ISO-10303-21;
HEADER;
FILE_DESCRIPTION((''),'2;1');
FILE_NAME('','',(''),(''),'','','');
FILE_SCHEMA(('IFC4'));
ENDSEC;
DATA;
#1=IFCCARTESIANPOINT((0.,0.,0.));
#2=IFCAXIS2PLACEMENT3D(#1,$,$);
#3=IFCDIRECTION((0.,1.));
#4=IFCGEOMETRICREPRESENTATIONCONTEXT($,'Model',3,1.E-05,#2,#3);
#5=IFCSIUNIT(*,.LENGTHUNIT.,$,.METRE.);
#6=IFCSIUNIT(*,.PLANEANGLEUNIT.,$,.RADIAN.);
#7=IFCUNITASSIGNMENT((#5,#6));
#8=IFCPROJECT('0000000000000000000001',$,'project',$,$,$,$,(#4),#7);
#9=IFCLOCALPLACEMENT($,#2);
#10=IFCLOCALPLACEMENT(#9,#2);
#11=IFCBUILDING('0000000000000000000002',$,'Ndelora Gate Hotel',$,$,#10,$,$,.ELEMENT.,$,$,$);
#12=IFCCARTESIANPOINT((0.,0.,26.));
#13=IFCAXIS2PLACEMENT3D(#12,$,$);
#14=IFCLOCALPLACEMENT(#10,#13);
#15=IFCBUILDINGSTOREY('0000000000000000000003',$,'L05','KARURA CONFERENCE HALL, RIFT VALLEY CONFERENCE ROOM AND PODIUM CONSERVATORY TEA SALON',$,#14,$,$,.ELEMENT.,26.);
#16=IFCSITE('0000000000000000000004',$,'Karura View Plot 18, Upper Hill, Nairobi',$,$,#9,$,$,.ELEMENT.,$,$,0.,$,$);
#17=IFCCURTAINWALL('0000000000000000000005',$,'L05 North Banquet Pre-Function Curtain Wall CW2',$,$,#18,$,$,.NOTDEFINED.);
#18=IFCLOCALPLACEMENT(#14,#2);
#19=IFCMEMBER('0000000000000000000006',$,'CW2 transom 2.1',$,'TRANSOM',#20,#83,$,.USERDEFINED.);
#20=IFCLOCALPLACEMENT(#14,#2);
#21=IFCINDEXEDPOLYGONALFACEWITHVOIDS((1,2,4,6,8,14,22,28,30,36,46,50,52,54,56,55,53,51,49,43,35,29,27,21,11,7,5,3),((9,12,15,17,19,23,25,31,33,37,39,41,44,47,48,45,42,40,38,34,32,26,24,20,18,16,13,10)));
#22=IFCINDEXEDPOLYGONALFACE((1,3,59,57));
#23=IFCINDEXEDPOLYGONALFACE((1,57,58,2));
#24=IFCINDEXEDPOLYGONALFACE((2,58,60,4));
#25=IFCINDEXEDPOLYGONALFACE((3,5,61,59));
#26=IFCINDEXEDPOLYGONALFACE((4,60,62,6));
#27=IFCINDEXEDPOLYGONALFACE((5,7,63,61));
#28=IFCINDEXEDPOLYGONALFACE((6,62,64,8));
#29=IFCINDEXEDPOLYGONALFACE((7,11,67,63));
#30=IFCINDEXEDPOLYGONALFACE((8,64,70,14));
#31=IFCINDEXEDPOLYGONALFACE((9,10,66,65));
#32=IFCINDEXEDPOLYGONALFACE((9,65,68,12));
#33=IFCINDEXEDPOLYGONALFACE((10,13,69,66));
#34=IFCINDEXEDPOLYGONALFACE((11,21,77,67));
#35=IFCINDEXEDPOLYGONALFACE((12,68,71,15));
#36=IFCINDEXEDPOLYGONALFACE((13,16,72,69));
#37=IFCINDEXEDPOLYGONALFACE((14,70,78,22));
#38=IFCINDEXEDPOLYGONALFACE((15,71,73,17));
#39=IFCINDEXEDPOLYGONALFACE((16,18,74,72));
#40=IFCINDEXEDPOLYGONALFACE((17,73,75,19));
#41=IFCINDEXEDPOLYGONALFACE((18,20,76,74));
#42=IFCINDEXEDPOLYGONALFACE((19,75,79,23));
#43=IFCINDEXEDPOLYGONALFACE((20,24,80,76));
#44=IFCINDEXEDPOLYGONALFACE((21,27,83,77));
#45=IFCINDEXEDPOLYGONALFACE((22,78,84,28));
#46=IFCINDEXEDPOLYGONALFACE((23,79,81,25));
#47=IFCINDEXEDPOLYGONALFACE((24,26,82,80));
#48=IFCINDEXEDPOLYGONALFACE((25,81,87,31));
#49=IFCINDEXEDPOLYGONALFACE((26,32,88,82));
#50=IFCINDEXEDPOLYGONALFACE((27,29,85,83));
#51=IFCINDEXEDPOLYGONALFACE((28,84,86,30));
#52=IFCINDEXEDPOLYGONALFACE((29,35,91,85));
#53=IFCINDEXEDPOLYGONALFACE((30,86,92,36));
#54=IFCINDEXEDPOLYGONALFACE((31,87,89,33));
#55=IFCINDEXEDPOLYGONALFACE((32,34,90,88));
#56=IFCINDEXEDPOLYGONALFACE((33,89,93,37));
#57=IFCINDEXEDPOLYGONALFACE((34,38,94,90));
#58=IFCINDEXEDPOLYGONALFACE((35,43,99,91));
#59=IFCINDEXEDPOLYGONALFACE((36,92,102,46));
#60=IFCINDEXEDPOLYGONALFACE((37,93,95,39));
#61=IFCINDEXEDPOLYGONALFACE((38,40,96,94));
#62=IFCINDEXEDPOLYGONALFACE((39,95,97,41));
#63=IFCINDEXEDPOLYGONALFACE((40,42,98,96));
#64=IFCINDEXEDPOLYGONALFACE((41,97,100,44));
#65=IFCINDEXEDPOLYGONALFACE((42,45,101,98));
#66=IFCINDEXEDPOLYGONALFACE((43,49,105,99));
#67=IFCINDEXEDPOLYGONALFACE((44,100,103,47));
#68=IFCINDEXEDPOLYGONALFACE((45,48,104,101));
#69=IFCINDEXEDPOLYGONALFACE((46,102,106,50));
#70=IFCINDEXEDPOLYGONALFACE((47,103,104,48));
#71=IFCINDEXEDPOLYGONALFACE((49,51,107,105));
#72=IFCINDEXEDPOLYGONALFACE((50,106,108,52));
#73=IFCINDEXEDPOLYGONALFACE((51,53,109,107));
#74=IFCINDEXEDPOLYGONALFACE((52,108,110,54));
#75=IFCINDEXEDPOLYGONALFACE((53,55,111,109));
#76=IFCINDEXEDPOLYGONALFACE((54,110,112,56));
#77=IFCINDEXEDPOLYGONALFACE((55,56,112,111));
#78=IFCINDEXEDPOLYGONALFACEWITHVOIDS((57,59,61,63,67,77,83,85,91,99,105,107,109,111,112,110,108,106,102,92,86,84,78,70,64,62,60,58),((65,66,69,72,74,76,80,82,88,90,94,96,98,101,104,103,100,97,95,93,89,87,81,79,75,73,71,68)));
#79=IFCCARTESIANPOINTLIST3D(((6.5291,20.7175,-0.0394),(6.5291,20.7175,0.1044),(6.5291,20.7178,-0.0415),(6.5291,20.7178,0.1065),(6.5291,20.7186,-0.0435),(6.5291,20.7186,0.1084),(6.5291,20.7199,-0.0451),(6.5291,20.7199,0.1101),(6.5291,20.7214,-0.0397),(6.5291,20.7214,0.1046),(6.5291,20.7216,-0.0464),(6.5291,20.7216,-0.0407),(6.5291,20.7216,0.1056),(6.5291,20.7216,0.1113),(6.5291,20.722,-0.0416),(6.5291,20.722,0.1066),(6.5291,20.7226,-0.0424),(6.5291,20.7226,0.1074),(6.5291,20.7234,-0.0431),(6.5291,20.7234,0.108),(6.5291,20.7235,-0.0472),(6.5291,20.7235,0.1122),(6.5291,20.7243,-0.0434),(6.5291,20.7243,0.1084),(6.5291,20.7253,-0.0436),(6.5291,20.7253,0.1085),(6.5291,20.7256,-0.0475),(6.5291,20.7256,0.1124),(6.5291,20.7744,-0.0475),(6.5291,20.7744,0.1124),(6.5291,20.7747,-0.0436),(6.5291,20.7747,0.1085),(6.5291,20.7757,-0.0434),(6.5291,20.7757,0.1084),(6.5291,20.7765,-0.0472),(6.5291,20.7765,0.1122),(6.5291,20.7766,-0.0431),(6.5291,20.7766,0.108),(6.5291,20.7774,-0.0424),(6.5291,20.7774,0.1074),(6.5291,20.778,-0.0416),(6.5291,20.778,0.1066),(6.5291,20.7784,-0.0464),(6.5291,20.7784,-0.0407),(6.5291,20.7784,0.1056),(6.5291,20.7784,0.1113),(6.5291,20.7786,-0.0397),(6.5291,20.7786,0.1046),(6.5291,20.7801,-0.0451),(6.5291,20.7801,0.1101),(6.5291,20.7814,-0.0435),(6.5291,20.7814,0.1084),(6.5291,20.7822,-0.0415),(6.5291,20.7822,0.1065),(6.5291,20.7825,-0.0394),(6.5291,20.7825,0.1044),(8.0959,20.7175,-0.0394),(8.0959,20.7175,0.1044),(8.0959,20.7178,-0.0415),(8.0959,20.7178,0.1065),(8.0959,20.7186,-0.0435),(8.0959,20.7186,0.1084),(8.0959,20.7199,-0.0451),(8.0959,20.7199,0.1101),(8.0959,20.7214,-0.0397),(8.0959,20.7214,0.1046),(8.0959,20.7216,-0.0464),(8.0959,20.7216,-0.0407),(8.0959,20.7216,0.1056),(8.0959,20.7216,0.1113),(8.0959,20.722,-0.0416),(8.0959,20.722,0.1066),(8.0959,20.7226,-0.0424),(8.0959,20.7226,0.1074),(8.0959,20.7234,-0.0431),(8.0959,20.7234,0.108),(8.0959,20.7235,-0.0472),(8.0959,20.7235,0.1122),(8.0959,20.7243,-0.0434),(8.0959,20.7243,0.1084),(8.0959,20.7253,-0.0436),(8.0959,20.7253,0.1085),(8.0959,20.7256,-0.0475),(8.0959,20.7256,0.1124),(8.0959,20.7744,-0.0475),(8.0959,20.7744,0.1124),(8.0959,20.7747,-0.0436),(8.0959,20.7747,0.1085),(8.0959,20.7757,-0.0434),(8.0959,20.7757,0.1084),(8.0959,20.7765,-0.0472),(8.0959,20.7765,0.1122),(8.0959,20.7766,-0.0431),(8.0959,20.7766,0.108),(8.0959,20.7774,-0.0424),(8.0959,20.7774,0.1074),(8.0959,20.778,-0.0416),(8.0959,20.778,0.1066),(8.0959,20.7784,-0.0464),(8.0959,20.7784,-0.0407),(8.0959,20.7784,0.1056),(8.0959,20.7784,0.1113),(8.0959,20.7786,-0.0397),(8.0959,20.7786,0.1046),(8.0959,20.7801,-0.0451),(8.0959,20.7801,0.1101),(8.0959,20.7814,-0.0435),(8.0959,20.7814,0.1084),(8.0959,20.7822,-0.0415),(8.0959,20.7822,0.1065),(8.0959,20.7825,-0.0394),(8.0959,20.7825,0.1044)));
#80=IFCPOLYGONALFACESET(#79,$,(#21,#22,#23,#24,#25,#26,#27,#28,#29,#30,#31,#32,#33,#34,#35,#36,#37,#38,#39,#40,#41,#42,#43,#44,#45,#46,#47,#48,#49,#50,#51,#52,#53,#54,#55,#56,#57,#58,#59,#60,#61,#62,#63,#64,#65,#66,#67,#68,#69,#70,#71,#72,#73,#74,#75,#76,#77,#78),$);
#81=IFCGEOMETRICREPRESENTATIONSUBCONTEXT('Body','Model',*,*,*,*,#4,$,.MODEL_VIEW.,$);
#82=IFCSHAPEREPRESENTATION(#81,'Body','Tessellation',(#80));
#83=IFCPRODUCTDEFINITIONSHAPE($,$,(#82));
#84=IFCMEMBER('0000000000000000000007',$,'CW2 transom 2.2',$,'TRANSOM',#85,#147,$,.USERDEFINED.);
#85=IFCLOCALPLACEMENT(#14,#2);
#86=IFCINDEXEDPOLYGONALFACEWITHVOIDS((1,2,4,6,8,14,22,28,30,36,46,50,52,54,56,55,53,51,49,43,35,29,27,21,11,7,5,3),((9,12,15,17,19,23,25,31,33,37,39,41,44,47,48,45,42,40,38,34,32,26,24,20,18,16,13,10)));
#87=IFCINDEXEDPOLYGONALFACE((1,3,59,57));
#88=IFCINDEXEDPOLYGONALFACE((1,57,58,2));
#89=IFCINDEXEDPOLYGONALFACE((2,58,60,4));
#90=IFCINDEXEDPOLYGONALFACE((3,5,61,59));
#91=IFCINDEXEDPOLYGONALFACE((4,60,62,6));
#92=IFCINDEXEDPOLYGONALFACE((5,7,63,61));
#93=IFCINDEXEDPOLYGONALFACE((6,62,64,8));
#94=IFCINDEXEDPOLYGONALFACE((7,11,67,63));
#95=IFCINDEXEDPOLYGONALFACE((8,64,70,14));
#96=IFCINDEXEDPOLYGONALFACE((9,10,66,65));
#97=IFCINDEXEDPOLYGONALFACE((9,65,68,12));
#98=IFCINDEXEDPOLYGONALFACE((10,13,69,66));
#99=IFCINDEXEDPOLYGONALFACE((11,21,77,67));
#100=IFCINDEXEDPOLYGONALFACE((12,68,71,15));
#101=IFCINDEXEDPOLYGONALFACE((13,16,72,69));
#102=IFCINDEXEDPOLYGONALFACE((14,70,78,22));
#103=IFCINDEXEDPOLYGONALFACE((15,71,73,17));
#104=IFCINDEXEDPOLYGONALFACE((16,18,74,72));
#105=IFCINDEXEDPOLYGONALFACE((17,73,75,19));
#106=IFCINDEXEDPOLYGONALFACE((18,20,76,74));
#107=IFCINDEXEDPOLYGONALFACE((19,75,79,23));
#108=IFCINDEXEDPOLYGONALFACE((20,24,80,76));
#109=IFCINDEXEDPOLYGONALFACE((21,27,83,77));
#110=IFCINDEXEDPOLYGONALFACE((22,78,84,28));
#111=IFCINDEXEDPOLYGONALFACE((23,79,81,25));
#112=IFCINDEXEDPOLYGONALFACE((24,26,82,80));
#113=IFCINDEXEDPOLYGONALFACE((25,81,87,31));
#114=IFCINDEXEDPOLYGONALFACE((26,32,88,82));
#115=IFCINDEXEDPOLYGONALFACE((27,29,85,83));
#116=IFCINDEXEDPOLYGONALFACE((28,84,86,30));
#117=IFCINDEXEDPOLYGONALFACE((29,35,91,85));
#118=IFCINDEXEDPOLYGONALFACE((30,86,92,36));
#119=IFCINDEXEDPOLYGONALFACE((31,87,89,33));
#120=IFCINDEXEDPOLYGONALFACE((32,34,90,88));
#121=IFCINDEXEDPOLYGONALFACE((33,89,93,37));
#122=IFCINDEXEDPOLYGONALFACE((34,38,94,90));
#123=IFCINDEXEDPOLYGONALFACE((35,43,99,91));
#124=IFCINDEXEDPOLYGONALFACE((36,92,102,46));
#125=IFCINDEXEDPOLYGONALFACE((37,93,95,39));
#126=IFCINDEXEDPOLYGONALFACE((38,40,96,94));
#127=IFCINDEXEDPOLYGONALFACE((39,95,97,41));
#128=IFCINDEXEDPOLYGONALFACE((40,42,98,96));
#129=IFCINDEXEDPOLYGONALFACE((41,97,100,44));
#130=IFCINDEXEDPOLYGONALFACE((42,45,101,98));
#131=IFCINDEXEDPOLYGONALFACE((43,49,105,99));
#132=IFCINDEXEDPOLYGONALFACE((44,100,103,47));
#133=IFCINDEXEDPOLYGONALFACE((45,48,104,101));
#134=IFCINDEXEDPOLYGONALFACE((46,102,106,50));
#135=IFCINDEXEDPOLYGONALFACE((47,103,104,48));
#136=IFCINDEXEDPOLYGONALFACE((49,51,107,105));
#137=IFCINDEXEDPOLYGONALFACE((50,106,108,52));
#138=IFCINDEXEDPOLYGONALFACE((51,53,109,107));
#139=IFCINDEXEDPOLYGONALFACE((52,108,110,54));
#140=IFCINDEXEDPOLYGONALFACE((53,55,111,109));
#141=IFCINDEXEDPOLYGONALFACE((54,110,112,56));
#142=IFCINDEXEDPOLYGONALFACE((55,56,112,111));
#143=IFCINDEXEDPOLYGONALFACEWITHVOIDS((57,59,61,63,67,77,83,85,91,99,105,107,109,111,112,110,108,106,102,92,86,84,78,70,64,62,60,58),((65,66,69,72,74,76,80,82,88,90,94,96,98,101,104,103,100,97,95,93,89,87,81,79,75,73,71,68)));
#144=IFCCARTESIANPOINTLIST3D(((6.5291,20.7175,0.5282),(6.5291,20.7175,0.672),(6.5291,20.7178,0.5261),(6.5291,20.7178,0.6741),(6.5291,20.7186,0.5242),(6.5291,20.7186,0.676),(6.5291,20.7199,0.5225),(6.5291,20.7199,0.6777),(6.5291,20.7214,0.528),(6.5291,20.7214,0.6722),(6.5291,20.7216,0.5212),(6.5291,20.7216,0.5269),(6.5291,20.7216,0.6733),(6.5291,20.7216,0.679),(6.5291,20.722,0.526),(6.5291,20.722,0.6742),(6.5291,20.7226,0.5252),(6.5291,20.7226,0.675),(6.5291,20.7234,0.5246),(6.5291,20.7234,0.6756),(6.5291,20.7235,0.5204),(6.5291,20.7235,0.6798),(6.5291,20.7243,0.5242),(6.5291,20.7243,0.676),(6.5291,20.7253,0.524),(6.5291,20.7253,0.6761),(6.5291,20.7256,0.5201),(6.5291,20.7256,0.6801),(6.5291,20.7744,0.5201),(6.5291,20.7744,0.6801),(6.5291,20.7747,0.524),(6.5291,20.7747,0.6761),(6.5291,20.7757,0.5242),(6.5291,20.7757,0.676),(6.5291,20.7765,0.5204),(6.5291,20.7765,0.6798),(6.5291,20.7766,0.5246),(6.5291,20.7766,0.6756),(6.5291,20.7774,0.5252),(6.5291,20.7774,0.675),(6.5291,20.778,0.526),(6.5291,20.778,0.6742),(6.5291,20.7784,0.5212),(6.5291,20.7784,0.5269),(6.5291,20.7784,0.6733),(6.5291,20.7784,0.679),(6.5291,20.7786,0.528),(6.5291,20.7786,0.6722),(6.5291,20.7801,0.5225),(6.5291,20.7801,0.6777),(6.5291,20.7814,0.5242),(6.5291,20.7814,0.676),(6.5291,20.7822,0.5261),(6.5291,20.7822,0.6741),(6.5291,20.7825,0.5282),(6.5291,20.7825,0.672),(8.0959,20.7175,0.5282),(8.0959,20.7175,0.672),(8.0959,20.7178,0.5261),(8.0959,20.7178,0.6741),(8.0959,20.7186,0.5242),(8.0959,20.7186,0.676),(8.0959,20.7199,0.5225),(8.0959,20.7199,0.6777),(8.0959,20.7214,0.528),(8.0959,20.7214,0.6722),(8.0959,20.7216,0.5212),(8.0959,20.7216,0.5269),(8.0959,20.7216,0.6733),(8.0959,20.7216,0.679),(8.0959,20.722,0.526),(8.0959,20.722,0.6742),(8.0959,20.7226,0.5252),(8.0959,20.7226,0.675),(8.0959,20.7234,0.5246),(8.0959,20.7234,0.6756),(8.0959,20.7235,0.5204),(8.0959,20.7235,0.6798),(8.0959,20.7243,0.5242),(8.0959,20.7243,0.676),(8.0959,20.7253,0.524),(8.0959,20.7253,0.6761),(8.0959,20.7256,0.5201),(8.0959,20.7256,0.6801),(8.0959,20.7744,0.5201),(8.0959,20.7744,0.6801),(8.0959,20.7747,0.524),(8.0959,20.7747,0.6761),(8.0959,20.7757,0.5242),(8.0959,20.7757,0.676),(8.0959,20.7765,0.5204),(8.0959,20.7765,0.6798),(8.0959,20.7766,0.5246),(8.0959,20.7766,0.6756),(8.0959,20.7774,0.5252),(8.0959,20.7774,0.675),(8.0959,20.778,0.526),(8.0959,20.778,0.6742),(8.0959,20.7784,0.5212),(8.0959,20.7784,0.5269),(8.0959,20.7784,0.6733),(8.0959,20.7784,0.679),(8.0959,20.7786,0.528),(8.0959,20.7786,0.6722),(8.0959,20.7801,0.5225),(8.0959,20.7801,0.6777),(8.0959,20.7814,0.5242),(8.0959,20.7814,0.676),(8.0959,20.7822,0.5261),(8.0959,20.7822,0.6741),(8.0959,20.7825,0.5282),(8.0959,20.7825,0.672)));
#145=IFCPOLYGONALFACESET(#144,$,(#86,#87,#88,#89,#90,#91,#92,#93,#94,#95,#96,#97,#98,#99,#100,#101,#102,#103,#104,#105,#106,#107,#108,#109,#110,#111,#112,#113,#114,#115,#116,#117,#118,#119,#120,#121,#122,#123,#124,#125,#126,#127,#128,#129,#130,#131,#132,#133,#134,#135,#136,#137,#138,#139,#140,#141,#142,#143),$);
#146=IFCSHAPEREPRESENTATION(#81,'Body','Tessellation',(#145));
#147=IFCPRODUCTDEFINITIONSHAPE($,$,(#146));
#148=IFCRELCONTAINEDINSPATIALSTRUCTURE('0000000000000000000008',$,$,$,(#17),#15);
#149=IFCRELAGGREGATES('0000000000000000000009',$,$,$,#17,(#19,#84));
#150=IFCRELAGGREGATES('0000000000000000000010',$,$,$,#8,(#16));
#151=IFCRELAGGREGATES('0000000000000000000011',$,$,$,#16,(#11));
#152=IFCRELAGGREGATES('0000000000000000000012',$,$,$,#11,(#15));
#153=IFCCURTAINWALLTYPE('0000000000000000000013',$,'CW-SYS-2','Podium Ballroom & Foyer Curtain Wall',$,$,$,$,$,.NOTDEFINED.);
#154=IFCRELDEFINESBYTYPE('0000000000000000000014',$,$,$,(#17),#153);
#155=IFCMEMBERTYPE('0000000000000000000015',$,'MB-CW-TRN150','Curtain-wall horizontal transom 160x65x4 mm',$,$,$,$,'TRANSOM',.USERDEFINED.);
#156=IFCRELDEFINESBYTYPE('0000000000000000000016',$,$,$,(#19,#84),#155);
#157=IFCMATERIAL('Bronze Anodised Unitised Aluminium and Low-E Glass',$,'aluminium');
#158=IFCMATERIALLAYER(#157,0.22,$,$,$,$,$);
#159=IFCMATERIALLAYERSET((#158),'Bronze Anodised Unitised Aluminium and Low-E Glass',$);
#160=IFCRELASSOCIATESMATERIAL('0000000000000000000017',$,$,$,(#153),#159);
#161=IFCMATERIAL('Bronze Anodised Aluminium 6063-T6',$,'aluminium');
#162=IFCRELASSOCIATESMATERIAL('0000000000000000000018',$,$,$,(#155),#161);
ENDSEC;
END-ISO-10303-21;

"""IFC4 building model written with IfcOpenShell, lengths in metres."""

from ifc_helpers import new_model, si_unit, direction, frame, origin, origin_2d, place, context, subcontext, project, spatial, hollow_rectangle, extrude, material, layer, layer_set, material_profile, profile_set, type_object, element, aggregate, save


model = new_model("IFC4")

# Units and contexts
model_context = context("Model", 3, precision=1e-05, world=origin(), true_north=direction((0.0, 1.0)))
body_context = subcontext(model_context, "Body", "Model", "MODEL_VIEW")
ifc_project = project(units=[si_unit("LENGTHUNIT", "METRE"), si_unit("PLANEANGLEUNIT", "RADIAN")], contexts=[model_context])

# Site, building, storey
site_placement = place(None, origin())
site = spatial("IfcSite", under=ifc_project, at=site_placement, Name="Karura View Plot 18, Upper Hill, Nairobi", CompositionType="ELEMENT", RefElevation=0.0)
building_placement = place(site_placement, origin())
building = spatial("IfcBuilding", under=site, at=building_placement, Name="Ndelora Gate Hotel", CompositionType="ELEMENT")
storey_placement = place(building_placement, frame((0.0, 0.0, 26.0)))
storey = spatial("IfcBuildingStorey", under=building, at=storey_placement, Name="L05", Description="KARURA CONFERENCE HALL, RIFT VALLEY CONFERENCE ROOM AND PODIUM CONSERVATORY TEA SALON", CompositionType="ELEMENT", Elevation=26.0)

# Curtain wall, members
ifc_material_1 = material(Name="Bronze Anodised Unitised Aluminium and Low-E Glass", Category="aluminium")
ifc_layer_1 = layer(ifc_material_1, 0.22)
ifc_layer_set_1 = layer_set([ifc_layer_1], Name="Bronze Anodised Unitised Aluminium and Low-E Glass")
curtain_wall_type = type_object("IfcCurtainWallType", Name="CW-SYS-2", Description="Podium Ballroom & Foyer Curtain Wall", PredefinedType="NOTDEFINED", material=ifc_layer_set_1)
curtain_wall_placement = place(storey_placement, origin())
curtain_wall = element("IfcCurtainWall", 1, at=curtain_wall_placement, inside=storey, type_object=curtain_wall_type, Name="L05 North Banquet Pre-Function Curtain Wall CW2", PredefinedType="NOTDEFINED")
ifc_material_2 = material(Name="Bronze Anodised Aluminium 6063-T6", Category="aluminium")
ifc_material_profile_1 = material_profile(ifc_material_2, hollow_rectangle(XDim=0.0649, YDim=0.1599, WallThickness=0.0039, InnerFilletRadius=0.0039, OuterFilletRadius=0.0081, at=origin_2d()), Name="ALU 160x65x4")
ifc_profile_set_1 = profile_set([ifc_material_profile_1], Name="Bronze Anodised Aluminium 6063-T6")
member_type_1 = type_object("IfcMemberType", Name="MB-CW-TRN150", Description="Curtain-wall horizontal transom 160x65x4 mm", ElementType="TRANSOM", PredefinedType="USERDEFINED", material=ifc_profile_set_1)
member_1_placement = place(storey_placement, frame((8.0959, 20.75, 0.0325), z_axis=(-1.0, 0.0, 0.0), x_axis=(0.0, -1.0, 0.0)))
member_1 = element("IfcMember", 2, at=member_1_placement, type_object=member_type_1, Name="CW2 transom 2.1", ObjectType="TRANSOM", PredefinedType="USERDEFINED", context=body_context, shape_type="SweptSolid", body=[
    extrude(hollow_rectangle(XDim=0.0649, YDim=0.1599, WallThickness=0.0039, InnerFilletRadius=0.0039, OuterFilletRadius=0.0081, at=origin_2d()), origin(), (0.0, 0.0, 1.0), 1.5669),
])
member_2_placement = place(storey_placement, frame((8.0959, 20.75, 0.6001), z_axis=(-1.0, 0.0, 0.0), x_axis=(0.0, -1.0, 0.0)))
member_2 = element("IfcMember", 3, at=member_2_placement, type_object=member_type_1, Name="CW2 transom 2.2", ObjectType="TRANSOM", PredefinedType="USERDEFINED", context=body_context, shape_type="SweptSolid", body=[
    extrude(hollow_rectangle(XDim=0.0649, YDim=0.1599, WallThickness=0.0039, InnerFilletRadius=0.0039, OuterFilletRadius=0.0081, at=origin_2d()), origin(), (0.0, 0.0, 1.0), 1.5669),
])
aggregate(curtain_wall, [member_1, member_2])

save(model, "model.ifc")
